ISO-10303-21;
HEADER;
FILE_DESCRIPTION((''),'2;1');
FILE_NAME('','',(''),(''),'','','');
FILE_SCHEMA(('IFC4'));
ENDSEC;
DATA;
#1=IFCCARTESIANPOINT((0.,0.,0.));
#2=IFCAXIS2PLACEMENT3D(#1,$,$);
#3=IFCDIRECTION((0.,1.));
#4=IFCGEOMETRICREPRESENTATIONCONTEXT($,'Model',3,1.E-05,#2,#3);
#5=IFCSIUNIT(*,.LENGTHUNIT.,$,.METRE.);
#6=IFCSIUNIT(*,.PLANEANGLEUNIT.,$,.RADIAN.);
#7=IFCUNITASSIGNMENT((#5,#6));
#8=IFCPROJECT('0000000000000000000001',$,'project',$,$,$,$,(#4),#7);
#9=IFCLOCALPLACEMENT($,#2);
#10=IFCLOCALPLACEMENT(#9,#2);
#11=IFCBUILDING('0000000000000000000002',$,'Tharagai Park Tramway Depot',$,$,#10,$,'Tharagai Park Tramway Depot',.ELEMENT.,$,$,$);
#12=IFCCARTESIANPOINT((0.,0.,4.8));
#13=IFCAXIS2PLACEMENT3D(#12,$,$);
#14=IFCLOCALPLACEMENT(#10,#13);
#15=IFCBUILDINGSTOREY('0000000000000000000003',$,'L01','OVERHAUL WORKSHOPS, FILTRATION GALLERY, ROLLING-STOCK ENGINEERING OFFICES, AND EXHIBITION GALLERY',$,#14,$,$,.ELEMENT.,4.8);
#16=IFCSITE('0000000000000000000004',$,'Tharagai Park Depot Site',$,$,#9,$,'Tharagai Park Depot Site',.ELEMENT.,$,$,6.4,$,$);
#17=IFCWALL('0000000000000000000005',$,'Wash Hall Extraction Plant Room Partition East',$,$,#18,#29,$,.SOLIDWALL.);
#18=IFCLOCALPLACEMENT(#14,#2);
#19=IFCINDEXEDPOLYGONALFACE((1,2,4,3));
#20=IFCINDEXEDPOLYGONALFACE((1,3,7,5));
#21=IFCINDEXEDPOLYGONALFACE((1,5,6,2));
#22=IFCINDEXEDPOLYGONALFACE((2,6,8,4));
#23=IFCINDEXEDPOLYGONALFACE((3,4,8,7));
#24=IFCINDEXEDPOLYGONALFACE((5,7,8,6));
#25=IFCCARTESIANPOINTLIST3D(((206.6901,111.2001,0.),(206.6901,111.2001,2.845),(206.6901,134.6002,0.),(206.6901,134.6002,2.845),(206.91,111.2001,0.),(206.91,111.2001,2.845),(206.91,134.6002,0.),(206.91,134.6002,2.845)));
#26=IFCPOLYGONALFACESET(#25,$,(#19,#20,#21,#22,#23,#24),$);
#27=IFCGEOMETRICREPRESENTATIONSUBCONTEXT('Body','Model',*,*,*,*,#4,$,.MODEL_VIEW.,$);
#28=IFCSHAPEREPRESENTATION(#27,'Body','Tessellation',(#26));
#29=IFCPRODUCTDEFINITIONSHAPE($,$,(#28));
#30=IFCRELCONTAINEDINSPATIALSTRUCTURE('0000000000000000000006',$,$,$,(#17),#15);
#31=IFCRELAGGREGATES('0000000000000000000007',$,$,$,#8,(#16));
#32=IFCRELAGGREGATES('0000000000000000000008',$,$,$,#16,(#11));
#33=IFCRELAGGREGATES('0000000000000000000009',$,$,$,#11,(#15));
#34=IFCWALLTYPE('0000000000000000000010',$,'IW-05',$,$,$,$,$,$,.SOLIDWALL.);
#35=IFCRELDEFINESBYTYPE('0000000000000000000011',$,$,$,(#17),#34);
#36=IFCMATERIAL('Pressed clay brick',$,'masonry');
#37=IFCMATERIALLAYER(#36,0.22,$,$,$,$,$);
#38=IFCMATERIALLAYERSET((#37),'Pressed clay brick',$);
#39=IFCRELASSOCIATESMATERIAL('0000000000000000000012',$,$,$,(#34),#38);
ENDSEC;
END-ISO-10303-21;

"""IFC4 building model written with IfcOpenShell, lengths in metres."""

from ifc_helpers import new_model, si_unit, direction, frame, frame_2d, origin, place, context, subcontext, project, spatial, rectangle, extrude, material, layer, layer_set, type_object, element, save


model = new_model("IFC4")

# Units and contexts
model_context = context("Model", 3, precision=1e-05, world=origin(), true_north=direction((0.0, 1.0)))
body_context = subcontext(model_context, "Body", "Model", "MODEL_VIEW")
ifc_project = project(units=[si_unit("LENGTHUNIT", "METRE"), si_unit("PLANEANGLEUNIT", "RADIAN")], contexts=[model_context])

# Site, building, storey
site_placement = place(None, origin())
site = spatial("IfcSite", under=ifc_project, at=site_placement, Name="Tharagai Park Depot Site", LongName="Tharagai Park Depot Site", CompositionType="ELEMENT", RefElevation=6.4)
building_placement = place(site_placement, origin())
building = spatial("IfcBuilding", under=site, at=building_placement, Name="Tharagai Park Tramway Depot", LongName="Tharagai Park Tramway Depot", CompositionType="ELEMENT")
storey_placement = place(building_placement, frame((0.0, 0.0, 4.8)))
storey = spatial("IfcBuildingStorey", under=building, at=storey_placement, Name="L01", Description="OVERHAUL WORKSHOPS, FILTRATION GALLERY, ROLLING-STOCK ENGINEERING OFFICES, AND EXHIBITION GALLERY", CompositionType="ELEMENT", Elevation=4.8)

# Wall
ifc_material_1 = material(Name="Pressed clay brick", Category="masonry")
ifc_layer_1 = layer(ifc_material_1, 0.22)
ifc_layer_set_1 = layer_set([ifc_layer_1], Name="Pressed clay brick")
wall_type_1 = type_object("IfcWallType", Name="IW-05", PredefinedType="SOLIDWALL", material=ifc_layer_set_1)
wall_placement = place(storey_placement, frame((206.8, 111.2, 0.0), z_axis=(0.0, 0.0, 1.0), x_axis=(0.0, 1.0, 0.0)))
element("IfcWall", 1, at=wall_placement, inside=storey, type_object=wall_type_1, Name="Wash Hall Extraction Plant Room Partition East", PredefinedType="SOLIDWALL", context=body_context, shape_type="SweptSolid", body=[
    extrude(rectangle(XDim=23.4001, YDim=0.22, at=frame_2d((11.7002, 0.0))), origin(), (0.0, 0.0, 1.0), 2.845),
])

save(model, "model.ifc")
